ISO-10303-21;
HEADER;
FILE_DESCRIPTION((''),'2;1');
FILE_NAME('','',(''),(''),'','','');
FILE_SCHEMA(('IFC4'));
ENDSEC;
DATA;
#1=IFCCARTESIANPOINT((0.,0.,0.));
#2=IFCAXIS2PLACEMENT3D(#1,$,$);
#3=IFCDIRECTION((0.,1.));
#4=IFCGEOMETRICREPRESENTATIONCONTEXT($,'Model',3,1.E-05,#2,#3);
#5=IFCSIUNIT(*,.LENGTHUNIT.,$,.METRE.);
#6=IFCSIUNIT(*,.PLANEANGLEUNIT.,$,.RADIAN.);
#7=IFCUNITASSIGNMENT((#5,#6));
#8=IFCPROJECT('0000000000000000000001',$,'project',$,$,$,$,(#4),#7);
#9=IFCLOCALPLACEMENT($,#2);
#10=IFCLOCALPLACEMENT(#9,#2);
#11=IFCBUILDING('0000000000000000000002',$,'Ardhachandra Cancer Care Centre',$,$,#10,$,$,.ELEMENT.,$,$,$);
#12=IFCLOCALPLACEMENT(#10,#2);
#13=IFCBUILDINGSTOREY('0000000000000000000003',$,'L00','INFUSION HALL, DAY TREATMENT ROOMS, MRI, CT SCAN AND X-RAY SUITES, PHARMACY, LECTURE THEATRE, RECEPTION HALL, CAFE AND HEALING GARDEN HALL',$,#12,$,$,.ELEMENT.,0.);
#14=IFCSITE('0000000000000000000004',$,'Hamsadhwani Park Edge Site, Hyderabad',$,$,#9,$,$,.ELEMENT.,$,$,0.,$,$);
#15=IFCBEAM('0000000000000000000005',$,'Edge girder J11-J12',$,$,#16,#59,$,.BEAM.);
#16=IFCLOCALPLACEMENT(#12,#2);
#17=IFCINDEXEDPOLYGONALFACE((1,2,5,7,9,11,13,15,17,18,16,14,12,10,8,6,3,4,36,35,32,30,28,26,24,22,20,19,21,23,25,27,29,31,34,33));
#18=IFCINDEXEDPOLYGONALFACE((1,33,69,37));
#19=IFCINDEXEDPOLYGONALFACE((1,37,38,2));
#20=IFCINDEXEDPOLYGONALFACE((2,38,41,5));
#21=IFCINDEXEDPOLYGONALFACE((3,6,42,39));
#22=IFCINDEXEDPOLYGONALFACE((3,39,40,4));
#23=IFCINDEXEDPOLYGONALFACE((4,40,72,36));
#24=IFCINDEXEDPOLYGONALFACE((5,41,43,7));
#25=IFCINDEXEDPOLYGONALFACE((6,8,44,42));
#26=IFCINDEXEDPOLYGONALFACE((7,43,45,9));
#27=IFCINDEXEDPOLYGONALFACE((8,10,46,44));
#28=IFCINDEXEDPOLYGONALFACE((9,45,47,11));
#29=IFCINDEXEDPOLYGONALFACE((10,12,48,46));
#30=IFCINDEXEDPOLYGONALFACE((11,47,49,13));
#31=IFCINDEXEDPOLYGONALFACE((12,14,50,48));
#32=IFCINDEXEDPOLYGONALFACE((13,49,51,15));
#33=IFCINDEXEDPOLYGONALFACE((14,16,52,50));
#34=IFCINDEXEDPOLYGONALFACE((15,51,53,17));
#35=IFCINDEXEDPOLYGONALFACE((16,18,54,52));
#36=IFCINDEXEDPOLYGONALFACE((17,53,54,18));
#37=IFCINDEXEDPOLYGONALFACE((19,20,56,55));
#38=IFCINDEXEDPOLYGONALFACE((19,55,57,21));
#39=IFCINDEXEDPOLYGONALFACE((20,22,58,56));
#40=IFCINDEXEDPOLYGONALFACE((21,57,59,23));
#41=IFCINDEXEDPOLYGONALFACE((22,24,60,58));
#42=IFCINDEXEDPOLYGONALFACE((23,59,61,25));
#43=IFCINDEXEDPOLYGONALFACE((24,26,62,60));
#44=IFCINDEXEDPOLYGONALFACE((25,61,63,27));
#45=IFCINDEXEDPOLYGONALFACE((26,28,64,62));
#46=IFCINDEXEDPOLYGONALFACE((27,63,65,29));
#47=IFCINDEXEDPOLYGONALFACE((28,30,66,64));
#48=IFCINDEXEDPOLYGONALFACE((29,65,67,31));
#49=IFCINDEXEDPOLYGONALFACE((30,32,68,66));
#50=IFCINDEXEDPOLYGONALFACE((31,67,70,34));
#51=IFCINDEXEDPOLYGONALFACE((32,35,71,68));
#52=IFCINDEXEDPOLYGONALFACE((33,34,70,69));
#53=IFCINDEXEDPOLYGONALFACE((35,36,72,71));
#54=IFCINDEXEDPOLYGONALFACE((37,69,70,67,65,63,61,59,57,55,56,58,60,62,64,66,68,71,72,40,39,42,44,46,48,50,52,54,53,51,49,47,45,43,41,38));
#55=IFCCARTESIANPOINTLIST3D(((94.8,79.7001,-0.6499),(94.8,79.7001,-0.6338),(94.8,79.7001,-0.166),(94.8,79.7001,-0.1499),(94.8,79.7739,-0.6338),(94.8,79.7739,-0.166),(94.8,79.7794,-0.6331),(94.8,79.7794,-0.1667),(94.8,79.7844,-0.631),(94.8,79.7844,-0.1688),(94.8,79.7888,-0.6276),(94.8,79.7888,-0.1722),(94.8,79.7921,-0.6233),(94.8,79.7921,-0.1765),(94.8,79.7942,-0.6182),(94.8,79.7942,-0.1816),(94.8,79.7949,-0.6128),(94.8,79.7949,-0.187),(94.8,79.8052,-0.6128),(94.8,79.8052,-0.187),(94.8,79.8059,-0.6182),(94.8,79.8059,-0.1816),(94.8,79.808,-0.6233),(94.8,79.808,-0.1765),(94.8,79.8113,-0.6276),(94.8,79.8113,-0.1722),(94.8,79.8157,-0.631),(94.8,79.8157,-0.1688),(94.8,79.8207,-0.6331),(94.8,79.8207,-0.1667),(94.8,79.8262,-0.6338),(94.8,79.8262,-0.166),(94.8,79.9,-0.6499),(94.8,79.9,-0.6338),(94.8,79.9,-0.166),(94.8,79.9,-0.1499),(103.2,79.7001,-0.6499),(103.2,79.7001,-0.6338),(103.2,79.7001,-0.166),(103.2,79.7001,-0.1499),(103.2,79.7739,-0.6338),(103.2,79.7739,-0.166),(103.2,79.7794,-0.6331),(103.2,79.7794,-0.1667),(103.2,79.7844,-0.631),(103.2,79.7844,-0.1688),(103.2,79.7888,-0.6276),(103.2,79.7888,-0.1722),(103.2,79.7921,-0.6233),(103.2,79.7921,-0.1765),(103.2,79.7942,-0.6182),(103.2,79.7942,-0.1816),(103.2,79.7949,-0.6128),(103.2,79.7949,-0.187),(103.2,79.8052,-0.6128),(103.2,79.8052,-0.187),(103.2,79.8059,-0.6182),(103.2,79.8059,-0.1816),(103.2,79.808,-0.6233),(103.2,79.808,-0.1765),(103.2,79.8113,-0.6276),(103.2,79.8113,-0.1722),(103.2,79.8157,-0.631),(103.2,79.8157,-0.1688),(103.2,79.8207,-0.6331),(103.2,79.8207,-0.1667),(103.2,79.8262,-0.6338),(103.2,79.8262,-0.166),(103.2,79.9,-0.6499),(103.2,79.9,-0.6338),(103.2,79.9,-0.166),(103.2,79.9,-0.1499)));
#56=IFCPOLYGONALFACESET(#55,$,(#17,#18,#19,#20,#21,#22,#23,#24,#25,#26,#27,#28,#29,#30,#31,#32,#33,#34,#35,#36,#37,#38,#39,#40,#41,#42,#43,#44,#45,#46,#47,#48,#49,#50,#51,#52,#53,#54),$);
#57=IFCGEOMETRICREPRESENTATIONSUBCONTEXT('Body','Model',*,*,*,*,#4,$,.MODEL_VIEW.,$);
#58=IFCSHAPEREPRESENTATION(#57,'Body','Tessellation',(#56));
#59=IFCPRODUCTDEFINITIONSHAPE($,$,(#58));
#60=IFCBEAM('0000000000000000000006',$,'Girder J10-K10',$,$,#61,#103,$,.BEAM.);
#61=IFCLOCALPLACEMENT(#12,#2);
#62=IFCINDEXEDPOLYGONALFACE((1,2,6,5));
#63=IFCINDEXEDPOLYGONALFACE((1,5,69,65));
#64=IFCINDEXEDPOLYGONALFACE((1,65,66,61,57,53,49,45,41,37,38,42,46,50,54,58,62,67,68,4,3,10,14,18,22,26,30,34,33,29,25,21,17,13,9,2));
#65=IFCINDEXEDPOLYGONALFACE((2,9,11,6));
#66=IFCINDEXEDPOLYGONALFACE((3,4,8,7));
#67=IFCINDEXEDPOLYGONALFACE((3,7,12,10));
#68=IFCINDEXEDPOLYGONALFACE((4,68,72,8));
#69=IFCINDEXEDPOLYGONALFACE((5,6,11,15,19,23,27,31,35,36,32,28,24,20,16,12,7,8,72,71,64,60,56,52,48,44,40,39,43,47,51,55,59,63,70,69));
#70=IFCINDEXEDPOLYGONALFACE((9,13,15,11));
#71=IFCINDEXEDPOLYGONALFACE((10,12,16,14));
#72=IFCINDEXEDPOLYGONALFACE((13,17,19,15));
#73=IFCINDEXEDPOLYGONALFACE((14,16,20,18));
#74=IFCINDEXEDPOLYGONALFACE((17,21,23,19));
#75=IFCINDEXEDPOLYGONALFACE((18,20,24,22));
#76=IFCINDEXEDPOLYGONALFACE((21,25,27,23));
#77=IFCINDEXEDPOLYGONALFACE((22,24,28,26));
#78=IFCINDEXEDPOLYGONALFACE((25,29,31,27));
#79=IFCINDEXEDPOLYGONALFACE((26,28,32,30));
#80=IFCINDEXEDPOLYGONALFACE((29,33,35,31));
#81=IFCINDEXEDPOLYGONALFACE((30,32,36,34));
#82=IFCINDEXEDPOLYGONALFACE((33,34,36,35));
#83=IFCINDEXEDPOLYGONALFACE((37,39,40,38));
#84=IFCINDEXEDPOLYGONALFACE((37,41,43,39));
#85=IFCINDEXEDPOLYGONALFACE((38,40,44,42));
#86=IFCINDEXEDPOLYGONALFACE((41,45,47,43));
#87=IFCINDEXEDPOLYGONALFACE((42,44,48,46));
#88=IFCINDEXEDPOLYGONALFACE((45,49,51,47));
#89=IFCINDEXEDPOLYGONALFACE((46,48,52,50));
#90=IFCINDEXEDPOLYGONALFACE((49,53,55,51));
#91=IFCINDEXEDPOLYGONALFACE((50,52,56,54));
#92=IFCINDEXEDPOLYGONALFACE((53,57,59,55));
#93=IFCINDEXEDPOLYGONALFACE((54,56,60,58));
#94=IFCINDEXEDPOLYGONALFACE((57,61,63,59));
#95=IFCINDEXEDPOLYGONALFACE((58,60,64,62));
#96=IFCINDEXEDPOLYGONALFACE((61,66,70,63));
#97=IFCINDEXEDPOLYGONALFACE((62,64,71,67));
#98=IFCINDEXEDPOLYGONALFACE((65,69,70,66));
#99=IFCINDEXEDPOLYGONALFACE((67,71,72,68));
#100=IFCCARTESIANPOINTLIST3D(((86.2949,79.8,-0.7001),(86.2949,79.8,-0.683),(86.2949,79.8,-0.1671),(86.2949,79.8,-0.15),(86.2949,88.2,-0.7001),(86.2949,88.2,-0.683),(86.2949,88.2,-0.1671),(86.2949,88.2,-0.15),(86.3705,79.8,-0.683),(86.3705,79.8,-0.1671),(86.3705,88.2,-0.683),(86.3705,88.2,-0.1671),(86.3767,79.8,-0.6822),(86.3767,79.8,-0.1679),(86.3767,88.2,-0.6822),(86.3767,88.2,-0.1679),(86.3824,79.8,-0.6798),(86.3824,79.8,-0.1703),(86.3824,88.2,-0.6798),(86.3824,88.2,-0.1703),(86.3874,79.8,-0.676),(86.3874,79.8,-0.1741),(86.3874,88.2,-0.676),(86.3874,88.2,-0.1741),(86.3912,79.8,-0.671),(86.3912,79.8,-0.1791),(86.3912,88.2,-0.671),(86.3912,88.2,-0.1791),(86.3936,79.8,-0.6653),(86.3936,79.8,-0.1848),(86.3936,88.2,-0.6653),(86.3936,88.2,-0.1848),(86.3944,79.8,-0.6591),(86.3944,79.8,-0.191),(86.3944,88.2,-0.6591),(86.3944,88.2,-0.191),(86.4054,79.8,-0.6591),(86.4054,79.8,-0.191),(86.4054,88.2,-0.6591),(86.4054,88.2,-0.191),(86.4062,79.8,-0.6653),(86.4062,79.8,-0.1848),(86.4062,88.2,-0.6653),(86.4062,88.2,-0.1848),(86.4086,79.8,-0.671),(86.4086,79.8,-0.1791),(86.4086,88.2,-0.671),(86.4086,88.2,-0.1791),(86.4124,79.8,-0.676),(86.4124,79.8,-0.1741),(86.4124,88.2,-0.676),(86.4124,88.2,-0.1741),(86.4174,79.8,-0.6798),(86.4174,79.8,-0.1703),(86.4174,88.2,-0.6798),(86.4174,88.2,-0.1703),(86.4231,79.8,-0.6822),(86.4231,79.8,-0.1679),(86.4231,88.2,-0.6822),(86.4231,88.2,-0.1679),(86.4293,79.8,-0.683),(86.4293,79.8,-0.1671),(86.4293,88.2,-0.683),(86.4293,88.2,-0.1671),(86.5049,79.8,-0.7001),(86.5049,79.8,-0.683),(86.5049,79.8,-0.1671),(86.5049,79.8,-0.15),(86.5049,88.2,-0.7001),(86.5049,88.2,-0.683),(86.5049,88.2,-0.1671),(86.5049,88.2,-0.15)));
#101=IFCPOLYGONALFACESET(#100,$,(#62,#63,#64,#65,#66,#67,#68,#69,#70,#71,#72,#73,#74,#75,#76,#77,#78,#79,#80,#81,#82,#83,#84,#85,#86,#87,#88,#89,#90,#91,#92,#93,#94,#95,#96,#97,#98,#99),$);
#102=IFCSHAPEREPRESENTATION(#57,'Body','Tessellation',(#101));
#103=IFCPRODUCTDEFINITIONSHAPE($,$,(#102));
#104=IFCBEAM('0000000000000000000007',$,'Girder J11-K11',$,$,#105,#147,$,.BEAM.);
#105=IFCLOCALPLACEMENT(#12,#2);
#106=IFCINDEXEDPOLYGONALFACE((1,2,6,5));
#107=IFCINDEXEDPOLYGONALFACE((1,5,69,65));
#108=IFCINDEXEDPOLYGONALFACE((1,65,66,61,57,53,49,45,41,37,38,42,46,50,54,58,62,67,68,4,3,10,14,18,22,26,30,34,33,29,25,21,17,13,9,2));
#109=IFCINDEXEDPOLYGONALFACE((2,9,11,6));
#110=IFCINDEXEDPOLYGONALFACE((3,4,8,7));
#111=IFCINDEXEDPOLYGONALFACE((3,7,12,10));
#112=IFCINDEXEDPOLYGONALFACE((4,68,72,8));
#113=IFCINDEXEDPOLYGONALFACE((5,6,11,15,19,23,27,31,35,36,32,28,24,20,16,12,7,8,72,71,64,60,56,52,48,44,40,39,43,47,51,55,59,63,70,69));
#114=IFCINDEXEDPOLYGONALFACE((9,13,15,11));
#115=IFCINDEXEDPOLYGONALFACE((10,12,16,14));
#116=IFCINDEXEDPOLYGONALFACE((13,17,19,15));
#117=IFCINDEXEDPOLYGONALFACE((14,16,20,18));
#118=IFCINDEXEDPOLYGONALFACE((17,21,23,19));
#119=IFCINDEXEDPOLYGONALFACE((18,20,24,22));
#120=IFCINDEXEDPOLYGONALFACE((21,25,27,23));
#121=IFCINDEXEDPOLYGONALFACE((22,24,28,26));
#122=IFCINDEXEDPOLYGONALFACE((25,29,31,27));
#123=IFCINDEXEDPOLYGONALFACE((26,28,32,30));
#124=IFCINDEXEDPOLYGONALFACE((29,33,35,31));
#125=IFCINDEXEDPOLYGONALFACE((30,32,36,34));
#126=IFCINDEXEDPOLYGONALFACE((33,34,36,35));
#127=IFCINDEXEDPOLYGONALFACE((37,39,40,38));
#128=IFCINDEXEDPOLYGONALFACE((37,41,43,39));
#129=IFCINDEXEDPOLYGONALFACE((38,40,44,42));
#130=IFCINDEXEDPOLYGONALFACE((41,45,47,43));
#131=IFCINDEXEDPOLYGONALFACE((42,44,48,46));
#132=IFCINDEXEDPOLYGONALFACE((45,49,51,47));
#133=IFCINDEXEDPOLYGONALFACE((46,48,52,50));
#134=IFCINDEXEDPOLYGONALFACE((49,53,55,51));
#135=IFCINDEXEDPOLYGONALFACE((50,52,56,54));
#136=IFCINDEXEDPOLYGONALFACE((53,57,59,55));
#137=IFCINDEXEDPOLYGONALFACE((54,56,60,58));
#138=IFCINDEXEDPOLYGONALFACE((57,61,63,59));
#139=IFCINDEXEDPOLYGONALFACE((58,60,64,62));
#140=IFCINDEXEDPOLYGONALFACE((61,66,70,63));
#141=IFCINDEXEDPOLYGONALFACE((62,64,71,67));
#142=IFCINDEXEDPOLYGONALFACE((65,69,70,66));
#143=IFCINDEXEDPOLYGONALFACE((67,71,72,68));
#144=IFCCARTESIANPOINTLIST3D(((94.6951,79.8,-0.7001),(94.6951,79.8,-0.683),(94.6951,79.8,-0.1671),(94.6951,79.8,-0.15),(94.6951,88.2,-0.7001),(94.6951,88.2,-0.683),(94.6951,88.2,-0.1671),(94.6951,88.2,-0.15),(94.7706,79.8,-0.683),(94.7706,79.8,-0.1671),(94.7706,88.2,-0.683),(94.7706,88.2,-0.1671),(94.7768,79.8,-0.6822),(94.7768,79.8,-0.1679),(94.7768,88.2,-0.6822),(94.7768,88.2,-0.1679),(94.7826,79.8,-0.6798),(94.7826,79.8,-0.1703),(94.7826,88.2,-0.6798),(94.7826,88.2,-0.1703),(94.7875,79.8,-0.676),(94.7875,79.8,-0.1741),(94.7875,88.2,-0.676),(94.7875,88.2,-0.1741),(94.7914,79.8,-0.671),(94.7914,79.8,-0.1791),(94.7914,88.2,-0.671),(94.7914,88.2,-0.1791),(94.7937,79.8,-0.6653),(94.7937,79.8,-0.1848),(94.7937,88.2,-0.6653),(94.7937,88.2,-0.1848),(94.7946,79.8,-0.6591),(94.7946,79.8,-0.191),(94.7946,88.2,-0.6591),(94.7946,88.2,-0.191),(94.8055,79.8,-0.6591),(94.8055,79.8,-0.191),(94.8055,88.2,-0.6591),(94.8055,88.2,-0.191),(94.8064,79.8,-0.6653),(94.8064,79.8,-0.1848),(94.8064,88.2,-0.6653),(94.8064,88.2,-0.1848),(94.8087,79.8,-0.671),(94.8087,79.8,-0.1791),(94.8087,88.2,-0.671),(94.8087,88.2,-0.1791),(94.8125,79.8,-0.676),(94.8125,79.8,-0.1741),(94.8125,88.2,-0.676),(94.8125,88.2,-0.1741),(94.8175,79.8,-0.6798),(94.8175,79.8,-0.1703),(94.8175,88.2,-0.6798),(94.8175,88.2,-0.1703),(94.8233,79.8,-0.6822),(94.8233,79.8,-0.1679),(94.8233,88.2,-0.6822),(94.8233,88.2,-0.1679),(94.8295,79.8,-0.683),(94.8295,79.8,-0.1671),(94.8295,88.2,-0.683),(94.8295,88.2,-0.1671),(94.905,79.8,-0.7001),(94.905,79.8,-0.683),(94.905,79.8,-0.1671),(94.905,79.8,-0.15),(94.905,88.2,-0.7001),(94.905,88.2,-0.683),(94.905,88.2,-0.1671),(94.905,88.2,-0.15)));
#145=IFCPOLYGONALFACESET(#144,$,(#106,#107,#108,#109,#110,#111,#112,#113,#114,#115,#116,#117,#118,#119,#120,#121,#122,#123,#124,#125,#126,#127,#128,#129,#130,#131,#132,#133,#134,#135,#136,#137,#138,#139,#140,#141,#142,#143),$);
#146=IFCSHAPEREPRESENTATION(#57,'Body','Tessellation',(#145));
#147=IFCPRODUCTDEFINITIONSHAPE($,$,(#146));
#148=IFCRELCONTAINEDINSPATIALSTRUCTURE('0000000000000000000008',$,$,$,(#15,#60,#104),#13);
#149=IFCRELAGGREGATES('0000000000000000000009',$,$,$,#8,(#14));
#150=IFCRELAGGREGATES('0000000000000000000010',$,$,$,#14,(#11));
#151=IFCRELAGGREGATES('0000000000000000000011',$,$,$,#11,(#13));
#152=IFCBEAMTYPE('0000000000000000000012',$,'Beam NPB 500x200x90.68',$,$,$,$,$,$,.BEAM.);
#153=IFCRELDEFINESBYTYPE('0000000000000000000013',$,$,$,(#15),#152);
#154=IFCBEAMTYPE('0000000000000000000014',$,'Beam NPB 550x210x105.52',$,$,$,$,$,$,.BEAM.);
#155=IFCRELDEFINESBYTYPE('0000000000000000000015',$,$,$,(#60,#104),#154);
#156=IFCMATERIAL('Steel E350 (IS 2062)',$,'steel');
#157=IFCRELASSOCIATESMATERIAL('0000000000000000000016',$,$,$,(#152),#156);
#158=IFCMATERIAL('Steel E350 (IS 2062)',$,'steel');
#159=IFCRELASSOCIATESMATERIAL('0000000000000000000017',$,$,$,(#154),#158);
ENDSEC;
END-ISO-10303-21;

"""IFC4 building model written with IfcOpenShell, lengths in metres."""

from ifc_helpers import new_model, si_unit, direction, frame, origin, origin_2d, place, context, subcontext, project, spatial, i_section, extrude, material, material_profile, profile_set, type_object, element, save


model = new_model("IFC4")

# Units and contexts
model_context = context("Model", 3, precision=1e-05, world=origin(), true_north=direction((0.0, 1.0)))
body_context = subcontext(model_context, "Body", "Model", "MODEL_VIEW")
ifc_project = project(units=[si_unit("LENGTHUNIT", "METRE"), si_unit("PLANEANGLEUNIT", "RADIAN")], contexts=[model_context])

# Site, building, storey
site_placement = place(None, origin())
site = spatial("IfcSite", under=ifc_project, at=site_placement, Name="Hamsadhwani Park Edge Site, Hyderabad", CompositionType="ELEMENT", RefElevation=0.0)
building_placement = place(site_placement, origin())
building = spatial("IfcBuilding", under=site, at=building_placement, Name="Ardhachandra Cancer Care Centre", CompositionType="ELEMENT")
storey_placement = place(building_placement, origin())
storey = spatial("IfcBuildingStorey", under=building, at=storey_placement, Name="L00", Description="INFUSION HALL, DAY TREATMENT ROOMS, MRI, CT SCAN AND X-RAY SUITES, PHARMACY, LECTURE THEATRE, RECEPTION HALL, CAFE AND HEALING GARDEN HALL", CompositionType="ELEMENT", Elevation=0.0)

# Beams
ifc_material_1 = material(Name="Steel E350 (IS 2062)", Category="steel")
ifc_material_profile_1 = material_profile(ifc_material_1, i_section(OverallWidth=0.2, OverallDepth=0.5, WebThickness=0.0103, FlangeThickness=0.0161, FilletRadius=0.021, at=origin_2d()), Name="NPB 500x200x90.68")
ifc_profile_set_1 = profile_set([ifc_material_profile_1], Name="Steel E350 (IS 2062)")
beam_type_1 = type_object("IfcBeamType", Name="Beam NPB 500x200x90.68", PredefinedType="BEAM", material=ifc_profile_set_1)
beam_1_placement = place(storey_placement, frame((94.8, 79.8, -0.3999), z_axis=(1.0, 0.0, 0.0), x_axis=(0.0, 1.0, 0.0)))
element("IfcBeam", 1, at=beam_1_placement, inside=storey, type_object=beam_type_1, Name="Edge girder J11-J12", PredefinedType="BEAM", context=body_context, shape_type="SweptSolid", body=[
    extrude(i_section(OverallWidth=0.2, OverallDepth=0.5, WebThickness=0.0103, FlangeThickness=0.0161, FilletRadius=0.021, at=origin_2d()), origin(), (0.0, 0.0, 1.0), 8.3999),
])
ifc_material_2 = material(Name="Steel E350 (IS 2062)", Category="steel")
ifc_material_profile_2 = material_profile(ifc_material_2, i_section(OverallWidth=0.21, OverallDepth=0.55, WebThickness=0.011, FlangeThickness=0.0171, FilletRadius=0.0239, at=origin_2d()), Name="NPB 550x210x105.52")
ifc_profile_set_2 = profile_set([ifc_material_profile_2], Name="Steel E350 (IS 2062)")
beam_type_2 = type_object("IfcBeamType", Name="Beam NPB 550x210x105.52", PredefinedType="BEAM", material=ifc_profile_set_2)
for number, where, z_axis, x_axis, name in (
    (2, (86.3999, 79.8, -0.425), (0.0, 1.0, 0.0), (-1.0, 0.0, 0.0), "Girder J10-K10"),
    (3, (94.8, 79.8, -0.425), (0.0, 1.0, 0.0), (-1.0, 0.0, 0.0), "Girder J11-K11"),
):
    element("IfcBeam", number, at=place(storey_placement, frame(where, z_axis=z_axis, x_axis=x_axis)), inside=storey, type_object=beam_type_2, Name=name, PredefinedType="BEAM", context=body_context, shape_type="SweptSolid", body=[
        extrude(i_section(OverallWidth=0.21, OverallDepth=0.55, WebThickness=0.011, FlangeThickness=0.0171, FilletRadius=0.0239, at=origin_2d()), origin(), (0.0, 0.0, 1.0), 8.3999),
    ])

save(model, "model.ifc")
